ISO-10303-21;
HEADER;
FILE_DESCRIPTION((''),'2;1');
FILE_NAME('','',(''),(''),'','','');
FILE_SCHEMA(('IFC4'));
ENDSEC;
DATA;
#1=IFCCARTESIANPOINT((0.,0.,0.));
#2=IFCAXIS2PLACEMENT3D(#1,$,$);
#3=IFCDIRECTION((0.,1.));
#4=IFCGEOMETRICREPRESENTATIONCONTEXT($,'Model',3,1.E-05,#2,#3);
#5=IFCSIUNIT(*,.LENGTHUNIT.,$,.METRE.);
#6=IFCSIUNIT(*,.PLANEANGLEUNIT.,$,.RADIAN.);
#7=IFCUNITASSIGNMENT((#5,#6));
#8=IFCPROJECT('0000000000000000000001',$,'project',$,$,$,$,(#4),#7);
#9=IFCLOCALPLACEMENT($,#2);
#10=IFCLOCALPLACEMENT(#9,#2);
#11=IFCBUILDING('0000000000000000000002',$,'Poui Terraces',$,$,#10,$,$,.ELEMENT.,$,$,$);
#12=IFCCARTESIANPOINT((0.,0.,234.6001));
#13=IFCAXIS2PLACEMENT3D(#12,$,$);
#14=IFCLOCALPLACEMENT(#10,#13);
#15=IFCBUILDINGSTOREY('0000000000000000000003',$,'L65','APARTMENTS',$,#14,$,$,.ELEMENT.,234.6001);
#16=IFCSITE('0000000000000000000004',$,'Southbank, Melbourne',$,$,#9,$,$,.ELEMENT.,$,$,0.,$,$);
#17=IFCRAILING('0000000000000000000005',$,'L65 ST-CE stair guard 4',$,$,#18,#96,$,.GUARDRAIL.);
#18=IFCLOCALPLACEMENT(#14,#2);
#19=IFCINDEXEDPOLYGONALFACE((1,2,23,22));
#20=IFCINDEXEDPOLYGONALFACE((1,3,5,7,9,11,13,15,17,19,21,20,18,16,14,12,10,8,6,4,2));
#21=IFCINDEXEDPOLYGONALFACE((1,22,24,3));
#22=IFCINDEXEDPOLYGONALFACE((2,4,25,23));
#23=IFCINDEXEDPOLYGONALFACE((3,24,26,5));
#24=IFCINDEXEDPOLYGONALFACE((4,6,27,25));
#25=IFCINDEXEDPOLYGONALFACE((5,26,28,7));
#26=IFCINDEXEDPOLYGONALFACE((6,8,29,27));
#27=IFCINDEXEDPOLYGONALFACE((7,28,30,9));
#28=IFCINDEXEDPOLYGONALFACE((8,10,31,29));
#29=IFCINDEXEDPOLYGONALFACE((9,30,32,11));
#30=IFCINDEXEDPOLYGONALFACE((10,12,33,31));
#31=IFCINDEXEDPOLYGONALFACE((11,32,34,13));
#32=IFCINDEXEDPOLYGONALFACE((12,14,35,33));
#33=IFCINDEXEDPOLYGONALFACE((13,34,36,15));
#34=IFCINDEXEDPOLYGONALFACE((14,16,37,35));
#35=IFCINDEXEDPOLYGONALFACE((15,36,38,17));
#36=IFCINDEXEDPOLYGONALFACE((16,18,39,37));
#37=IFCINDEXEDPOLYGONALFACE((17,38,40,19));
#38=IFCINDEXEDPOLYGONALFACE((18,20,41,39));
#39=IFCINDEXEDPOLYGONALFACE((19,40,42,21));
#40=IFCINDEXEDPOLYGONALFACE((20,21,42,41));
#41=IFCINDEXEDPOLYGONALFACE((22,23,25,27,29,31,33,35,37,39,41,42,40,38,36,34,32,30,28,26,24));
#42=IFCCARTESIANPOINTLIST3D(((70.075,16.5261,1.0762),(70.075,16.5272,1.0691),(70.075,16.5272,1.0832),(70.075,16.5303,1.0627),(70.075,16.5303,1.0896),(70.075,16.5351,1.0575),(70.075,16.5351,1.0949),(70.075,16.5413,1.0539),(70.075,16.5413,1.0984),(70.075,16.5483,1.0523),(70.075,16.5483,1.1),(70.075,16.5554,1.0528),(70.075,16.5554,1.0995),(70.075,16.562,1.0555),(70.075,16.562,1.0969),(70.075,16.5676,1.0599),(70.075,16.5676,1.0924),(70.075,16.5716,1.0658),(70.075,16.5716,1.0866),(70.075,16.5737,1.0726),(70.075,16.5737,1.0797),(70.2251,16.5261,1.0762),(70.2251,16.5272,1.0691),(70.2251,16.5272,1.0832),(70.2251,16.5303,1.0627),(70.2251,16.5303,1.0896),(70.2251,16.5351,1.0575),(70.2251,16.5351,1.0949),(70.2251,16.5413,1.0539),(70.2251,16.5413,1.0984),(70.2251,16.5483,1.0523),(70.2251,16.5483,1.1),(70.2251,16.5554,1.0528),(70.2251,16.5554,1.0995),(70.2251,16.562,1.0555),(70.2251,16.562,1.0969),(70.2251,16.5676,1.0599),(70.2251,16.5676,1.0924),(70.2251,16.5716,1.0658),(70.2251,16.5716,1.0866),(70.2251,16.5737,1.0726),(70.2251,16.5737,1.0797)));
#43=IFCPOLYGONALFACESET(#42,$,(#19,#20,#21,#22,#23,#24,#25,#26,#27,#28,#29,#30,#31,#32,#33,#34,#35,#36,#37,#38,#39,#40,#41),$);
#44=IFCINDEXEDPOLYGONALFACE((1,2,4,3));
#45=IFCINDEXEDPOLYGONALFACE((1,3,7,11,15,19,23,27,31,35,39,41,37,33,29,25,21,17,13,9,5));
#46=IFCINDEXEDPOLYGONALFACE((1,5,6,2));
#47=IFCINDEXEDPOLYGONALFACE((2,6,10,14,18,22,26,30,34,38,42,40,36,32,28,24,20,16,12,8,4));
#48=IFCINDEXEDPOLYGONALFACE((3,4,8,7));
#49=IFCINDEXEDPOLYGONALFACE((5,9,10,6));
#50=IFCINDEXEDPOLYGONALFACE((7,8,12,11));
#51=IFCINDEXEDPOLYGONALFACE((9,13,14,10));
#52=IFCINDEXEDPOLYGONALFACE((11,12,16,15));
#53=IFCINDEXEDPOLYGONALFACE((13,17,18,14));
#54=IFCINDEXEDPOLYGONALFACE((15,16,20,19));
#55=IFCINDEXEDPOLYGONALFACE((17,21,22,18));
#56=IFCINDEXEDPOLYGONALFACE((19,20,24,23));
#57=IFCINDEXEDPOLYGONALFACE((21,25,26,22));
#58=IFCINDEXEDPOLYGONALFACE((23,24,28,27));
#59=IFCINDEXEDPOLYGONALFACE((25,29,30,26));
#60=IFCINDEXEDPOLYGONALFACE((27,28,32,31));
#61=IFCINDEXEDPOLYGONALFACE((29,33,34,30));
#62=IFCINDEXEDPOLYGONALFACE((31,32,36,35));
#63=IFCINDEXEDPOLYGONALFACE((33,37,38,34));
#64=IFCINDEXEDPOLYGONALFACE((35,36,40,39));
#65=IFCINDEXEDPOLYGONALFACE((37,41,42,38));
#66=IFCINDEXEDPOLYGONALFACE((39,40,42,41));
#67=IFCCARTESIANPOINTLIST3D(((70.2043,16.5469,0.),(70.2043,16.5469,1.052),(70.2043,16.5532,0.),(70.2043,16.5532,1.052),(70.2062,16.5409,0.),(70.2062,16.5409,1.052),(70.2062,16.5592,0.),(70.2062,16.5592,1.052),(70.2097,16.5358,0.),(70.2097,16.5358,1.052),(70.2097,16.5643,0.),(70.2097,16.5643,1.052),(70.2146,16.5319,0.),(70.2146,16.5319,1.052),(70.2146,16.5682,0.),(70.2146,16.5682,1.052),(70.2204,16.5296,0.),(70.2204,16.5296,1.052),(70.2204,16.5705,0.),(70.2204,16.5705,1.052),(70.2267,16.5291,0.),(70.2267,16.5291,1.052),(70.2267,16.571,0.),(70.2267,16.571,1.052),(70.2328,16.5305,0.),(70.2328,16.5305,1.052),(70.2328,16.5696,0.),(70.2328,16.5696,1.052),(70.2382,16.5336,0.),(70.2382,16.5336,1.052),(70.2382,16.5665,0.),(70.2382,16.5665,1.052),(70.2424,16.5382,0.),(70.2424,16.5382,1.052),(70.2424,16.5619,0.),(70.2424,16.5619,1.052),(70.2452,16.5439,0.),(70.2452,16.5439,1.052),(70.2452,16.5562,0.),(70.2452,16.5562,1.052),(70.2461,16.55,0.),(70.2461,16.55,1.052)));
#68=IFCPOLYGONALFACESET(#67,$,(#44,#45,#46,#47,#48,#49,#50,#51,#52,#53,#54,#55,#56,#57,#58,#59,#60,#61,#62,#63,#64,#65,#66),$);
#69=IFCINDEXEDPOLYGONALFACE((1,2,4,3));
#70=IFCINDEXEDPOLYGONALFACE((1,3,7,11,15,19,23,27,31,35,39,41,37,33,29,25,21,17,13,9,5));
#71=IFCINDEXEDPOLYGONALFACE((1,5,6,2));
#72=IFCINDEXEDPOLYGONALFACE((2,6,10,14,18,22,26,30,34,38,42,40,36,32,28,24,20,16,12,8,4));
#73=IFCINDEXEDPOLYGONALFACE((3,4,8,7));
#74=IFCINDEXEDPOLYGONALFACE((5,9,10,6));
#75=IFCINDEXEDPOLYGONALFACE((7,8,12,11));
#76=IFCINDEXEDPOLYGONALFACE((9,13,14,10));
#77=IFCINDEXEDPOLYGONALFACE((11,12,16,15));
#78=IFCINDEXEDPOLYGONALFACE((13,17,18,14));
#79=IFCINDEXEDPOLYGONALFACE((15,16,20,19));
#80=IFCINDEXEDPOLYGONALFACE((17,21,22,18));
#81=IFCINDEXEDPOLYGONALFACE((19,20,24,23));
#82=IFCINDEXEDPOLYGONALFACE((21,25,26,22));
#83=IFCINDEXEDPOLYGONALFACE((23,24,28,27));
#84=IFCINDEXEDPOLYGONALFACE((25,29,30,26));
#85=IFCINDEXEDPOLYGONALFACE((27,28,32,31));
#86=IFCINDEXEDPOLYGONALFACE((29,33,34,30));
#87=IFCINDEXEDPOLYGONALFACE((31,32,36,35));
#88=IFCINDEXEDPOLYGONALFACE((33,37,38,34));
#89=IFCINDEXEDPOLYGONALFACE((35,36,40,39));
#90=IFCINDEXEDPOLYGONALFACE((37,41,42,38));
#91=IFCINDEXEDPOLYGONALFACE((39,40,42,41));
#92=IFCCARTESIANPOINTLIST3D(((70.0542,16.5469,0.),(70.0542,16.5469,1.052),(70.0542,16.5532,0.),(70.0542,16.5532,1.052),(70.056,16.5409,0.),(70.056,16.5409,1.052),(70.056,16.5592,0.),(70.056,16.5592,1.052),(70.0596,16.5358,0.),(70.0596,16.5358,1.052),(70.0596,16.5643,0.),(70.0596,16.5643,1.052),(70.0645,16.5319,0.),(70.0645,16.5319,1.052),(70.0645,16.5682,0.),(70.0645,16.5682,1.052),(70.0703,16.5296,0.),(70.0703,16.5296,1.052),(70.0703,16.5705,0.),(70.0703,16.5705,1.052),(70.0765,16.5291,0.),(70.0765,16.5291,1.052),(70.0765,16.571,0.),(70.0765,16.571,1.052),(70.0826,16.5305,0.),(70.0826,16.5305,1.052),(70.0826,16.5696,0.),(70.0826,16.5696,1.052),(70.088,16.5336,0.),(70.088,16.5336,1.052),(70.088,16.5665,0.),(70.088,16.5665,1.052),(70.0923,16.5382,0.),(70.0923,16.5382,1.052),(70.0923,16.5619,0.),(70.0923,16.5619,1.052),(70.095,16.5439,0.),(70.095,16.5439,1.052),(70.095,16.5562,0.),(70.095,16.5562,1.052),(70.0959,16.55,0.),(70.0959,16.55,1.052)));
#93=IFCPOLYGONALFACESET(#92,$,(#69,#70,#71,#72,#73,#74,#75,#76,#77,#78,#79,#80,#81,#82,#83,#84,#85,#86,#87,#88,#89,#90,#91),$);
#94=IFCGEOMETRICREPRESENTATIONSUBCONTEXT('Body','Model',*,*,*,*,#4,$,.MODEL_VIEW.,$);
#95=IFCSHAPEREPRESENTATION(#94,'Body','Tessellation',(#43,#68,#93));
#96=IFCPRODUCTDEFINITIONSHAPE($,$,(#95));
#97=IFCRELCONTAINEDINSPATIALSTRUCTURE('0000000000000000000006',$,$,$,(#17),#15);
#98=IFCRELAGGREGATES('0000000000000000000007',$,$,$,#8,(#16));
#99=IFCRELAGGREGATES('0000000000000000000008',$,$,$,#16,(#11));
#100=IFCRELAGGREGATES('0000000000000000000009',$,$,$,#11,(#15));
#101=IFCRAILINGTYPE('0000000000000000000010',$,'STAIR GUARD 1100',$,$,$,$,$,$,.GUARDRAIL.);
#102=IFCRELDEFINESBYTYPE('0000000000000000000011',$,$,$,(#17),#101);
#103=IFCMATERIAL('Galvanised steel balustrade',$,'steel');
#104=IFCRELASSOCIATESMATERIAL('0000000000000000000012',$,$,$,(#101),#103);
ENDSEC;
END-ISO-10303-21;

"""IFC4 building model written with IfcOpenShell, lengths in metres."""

from ifc_helpers import new_model, si_unit, direction, frame, origin, origin_2d, place, context, subcontext, project, spatial, circle, extrude, material, type_object, element, save


model = new_model("IFC4")

# Units and contexts
model_context = context("Model", 3, precision=1e-05, world=origin(), true_north=direction((0.0, 1.0)))
body_context = subcontext(model_context, "Body", "Model", "MODEL_VIEW")
ifc_project = project(units=[si_unit("LENGTHUNIT", "METRE"), si_unit("PLANEANGLEUNIT", "RADIAN")], contexts=[model_context])

# Site, building, storey
site_placement = place(None, origin())
site = spatial("IfcSite", under=ifc_project, at=site_placement, Name="Southbank, Melbourne", CompositionType="ELEMENT", RefElevation=0.0)
building_placement = place(site_placement, origin())
building = spatial("IfcBuilding", under=site, at=building_placement, Name="Poui Terraces", CompositionType="ELEMENT")
storey_placement = place(building_placement, frame((0.0, 0.0, 234.6001)))
storey = spatial("IfcBuildingStorey", under=building, at=storey_placement, Name="L65", Description="APARTMENTS", CompositionType="ELEMENT", Elevation=234.6001)

# Railing
ifc_material_1 = material(Name="Galvanised steel balustrade", Category="steel")
railing_type_1 = type_object("IfcRailingType", Name="STAIR GUARD 1100", PredefinedType="GUARDRAIL", material=ifc_material_1)
railing_1_placement = place(storey_placement, frame((70.2251, 16.55, 0.0)))
element("IfcRailing", 1, at=railing_1_placement, inside=storey, type_object=railing_type_1, Name="L65 ST-CE stair guard 4", PredefinedType="GUARDRAIL", context=body_context, shape_type="SweptSolid", body=[
    extrude(circle(Radius=0.0239, at=origin_2d()), frame((0.0, 0.0, 1.0762), z_axis=(-1.0, 0.0, 0.0), x_axis=(0.0, -1.0, 0.0)), (0.0, 0.0, 1.0), 0.1501),
    extrude(circle(Radius=0.021, at=origin_2d()), origin(), (0.0, 0.0, 1.0), 1.052),
    extrude(circle(Radius=0.021, at=origin_2d()), frame((-0.1501, 0.0, 0.0)), (0.0, 0.0, 1.0), 1.052),
])

save(model, "model.ifc")
